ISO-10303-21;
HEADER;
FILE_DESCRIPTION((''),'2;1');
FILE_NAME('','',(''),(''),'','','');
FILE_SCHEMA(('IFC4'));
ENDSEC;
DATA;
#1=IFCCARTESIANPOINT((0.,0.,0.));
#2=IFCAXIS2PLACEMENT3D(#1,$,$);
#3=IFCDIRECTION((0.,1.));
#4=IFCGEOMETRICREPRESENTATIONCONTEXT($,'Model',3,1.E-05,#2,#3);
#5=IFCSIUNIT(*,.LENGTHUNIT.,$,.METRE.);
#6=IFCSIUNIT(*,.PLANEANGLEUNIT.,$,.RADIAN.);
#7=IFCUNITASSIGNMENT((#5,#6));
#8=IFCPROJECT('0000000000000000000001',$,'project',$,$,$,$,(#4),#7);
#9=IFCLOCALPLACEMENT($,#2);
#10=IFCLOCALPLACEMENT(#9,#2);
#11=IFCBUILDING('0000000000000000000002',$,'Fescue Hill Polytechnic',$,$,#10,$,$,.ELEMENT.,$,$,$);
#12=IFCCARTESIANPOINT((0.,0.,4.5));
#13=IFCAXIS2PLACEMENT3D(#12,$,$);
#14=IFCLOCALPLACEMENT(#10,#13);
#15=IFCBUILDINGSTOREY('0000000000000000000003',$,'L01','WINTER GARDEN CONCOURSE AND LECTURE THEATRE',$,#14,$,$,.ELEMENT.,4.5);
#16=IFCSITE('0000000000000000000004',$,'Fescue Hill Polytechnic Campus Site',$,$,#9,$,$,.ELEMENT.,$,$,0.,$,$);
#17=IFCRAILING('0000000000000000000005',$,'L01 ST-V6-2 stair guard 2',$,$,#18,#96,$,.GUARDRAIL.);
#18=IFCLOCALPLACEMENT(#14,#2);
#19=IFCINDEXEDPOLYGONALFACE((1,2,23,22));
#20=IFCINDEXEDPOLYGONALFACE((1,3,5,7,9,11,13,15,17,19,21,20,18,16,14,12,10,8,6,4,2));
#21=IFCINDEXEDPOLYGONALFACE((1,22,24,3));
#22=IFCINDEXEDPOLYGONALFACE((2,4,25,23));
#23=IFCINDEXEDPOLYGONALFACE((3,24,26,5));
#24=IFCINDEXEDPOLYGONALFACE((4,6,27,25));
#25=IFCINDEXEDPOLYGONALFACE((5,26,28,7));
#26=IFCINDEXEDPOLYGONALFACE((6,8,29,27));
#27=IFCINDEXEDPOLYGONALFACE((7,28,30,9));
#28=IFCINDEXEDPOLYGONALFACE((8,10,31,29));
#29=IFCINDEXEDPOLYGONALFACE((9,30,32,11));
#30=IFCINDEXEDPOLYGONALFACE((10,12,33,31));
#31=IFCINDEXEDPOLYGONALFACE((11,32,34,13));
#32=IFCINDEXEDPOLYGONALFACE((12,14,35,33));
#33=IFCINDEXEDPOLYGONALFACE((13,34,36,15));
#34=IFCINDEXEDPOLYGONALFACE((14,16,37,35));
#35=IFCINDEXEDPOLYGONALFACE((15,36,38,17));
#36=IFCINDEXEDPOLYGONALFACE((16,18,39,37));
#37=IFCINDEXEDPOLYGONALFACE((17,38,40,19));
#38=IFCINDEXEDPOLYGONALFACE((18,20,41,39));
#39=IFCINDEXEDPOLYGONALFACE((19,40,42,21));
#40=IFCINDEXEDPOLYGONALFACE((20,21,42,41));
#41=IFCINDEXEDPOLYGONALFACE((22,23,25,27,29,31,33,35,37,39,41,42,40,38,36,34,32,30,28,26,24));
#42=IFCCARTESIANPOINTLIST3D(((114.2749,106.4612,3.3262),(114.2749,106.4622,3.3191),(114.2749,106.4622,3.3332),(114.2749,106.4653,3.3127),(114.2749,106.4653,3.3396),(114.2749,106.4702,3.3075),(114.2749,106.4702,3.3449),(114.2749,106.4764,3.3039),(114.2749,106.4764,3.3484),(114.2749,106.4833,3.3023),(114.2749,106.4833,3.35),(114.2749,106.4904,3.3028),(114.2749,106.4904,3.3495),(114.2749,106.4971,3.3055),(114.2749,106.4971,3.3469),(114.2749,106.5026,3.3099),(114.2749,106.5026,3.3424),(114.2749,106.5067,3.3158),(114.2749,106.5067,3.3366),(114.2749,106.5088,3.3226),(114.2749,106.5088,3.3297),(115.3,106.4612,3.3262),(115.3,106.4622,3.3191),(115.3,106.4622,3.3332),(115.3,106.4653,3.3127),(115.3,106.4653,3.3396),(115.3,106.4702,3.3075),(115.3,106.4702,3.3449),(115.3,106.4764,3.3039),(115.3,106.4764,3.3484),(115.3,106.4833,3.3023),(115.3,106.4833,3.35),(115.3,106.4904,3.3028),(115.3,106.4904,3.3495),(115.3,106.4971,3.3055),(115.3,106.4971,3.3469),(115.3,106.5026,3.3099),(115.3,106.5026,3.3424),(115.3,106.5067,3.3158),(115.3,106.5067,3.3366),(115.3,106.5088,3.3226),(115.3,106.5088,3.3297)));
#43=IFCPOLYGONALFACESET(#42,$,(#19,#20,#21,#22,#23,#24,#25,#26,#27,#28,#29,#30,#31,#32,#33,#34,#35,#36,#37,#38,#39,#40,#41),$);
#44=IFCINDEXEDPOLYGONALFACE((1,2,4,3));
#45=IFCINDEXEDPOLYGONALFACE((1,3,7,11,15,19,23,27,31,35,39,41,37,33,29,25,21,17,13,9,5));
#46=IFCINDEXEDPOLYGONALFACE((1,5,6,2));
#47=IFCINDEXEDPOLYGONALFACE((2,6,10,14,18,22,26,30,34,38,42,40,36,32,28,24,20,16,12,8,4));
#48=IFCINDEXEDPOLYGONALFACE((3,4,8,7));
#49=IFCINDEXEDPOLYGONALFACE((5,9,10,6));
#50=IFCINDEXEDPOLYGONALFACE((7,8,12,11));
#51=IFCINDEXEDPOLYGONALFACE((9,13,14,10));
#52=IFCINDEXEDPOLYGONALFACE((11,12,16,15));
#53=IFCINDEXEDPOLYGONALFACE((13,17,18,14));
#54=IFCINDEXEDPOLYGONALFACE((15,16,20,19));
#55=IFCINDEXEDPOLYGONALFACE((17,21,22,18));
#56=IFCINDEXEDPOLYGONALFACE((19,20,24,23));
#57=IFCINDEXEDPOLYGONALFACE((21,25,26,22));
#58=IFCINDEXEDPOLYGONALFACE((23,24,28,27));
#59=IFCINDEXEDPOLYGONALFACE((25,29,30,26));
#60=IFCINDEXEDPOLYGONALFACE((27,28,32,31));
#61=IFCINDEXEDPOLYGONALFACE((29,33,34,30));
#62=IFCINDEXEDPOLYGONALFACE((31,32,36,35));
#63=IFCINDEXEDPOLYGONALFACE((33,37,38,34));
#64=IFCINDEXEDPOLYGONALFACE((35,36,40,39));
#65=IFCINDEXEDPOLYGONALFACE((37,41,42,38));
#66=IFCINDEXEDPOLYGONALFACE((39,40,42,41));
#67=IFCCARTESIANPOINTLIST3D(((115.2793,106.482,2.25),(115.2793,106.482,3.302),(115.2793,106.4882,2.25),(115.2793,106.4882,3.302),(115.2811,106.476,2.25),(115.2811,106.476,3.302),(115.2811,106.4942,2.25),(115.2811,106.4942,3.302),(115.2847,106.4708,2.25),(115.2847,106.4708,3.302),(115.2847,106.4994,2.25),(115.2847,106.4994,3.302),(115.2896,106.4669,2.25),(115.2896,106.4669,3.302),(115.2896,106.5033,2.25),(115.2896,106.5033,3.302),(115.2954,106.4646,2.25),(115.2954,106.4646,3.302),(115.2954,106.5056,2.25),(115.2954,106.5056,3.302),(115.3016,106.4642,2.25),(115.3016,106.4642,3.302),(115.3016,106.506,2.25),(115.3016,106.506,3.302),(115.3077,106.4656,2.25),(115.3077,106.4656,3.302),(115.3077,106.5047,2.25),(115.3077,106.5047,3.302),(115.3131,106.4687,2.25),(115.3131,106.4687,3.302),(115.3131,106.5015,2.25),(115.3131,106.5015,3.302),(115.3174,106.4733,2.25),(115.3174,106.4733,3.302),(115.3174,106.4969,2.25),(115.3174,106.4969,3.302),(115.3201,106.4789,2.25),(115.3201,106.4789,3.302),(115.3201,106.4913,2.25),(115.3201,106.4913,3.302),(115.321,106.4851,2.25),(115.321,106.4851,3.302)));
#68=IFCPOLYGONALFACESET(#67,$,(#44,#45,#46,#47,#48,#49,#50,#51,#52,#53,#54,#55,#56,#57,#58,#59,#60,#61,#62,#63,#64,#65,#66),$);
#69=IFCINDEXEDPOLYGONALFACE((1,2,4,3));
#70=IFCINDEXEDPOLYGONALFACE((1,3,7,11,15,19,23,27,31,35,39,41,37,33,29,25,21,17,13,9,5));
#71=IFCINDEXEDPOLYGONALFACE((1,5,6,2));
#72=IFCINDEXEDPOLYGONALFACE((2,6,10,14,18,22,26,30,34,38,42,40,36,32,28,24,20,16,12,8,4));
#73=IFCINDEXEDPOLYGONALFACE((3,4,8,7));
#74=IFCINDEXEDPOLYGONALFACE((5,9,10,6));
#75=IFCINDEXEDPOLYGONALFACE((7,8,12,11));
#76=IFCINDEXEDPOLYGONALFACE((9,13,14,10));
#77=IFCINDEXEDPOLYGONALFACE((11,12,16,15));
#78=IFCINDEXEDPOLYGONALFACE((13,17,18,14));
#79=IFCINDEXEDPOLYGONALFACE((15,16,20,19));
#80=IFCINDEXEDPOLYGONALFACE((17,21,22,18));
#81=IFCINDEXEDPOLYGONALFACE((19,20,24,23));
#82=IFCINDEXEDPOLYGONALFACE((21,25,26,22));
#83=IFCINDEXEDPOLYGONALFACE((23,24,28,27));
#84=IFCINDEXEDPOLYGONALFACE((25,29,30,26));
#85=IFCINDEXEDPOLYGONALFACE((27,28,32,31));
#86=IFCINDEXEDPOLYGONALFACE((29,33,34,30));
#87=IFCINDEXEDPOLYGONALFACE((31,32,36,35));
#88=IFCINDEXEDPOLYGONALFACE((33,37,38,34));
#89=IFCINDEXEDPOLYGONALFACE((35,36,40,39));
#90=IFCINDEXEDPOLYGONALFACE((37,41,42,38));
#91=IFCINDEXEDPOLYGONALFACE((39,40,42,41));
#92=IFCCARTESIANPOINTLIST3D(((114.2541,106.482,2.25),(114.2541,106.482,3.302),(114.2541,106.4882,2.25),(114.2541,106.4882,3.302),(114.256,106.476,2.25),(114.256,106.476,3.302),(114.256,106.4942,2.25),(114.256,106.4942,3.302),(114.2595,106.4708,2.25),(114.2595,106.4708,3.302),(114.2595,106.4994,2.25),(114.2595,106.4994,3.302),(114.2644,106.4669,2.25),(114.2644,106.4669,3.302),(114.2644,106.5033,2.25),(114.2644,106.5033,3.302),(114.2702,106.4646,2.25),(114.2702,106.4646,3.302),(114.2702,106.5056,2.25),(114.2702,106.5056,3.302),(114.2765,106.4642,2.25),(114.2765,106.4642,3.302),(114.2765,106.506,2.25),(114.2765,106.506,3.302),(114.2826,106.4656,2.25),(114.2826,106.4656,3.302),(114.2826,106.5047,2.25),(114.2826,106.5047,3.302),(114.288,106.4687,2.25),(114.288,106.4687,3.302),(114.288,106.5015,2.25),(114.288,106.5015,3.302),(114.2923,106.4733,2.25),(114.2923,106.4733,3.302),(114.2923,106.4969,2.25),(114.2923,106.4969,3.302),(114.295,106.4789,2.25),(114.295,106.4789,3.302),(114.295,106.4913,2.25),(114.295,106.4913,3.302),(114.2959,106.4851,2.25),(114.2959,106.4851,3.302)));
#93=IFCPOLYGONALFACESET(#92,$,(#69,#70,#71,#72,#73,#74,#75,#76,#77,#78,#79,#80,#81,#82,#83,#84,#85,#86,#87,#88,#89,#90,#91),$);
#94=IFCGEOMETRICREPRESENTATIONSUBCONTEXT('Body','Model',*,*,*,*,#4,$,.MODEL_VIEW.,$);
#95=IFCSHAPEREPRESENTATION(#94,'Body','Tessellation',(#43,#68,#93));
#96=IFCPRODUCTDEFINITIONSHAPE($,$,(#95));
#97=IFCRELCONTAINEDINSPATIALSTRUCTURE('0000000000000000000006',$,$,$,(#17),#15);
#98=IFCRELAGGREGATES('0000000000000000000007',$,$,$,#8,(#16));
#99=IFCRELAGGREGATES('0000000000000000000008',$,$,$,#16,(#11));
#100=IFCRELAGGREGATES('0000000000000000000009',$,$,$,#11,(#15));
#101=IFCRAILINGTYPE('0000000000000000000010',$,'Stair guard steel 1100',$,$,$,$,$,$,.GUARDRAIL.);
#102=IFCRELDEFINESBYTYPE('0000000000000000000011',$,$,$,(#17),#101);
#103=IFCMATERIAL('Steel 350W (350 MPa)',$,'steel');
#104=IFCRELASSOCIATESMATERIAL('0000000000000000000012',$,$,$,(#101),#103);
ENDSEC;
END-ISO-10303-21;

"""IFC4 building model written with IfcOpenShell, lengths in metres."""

from ifc_helpers import new_model, si_unit, direction, frame, origin, origin_2d, place, context, subcontext, project, spatial, circle, extrude, material, type_object, element, save


model = new_model("IFC4")

# Units and contexts
model_context = context("Model", 3, precision=1e-05, world=origin(), true_north=direction((0.0, 1.0)))
body_context = subcontext(model_context, "Body", "Model", "MODEL_VIEW")
ifc_project = project(units=[si_unit("LENGTHUNIT", "METRE"), si_unit("PLANEANGLEUNIT", "RADIAN")], contexts=[model_context])

# Site, building, storey
site_placement = place(None, origin())
site = spatial("IfcSite", under=ifc_project, at=site_placement, Name="Fescue Hill Polytechnic Campus Site", CompositionType="ELEMENT", RefElevation=0.0)
building_placement = place(site_placement, origin())
building = spatial("IfcBuilding", under=site, at=building_placement, Name="Fescue Hill Polytechnic", CompositionType="ELEMENT")
storey_placement = place(building_placement, frame((0.0, 0.0, 4.5)))
storey = spatial("IfcBuildingStorey", under=building, at=storey_placement, Name="L01", Description="WINTER GARDEN CONCOURSE AND LECTURE THEATRE", CompositionType="ELEMENT", Elevation=4.5)

# Railing
ifc_material_1 = material(Name="Steel 350W (350 MPa)", Category="steel")
railing_type_1 = type_object("IfcRailingType", Name="Stair guard steel 1100", PredefinedType="GUARDRAIL", material=ifc_material_1)
railing_1_placement = place(storey_placement, frame((115.3, 106.4851, 2.25)))
element("IfcRailing", 1, at=railing_1_placement, inside=storey, type_object=railing_type_1, Name="L01 ST-V6-2 stair guard 2", PredefinedType="GUARDRAIL", context=body_context, shape_type="SweptSolid", body=[
    extrude(circle(Radius=0.0239, at=origin_2d()), frame((0.0, 0.0, 1.0762), z_axis=(-1.0, 0.0, 0.0), x_axis=(0.0, -1.0, 0.0)), (0.0, 0.0, 1.0), 1.0251),
    extrude(circle(Radius=0.021, at=origin_2d()), origin(), (0.0, 0.0, 1.0), 1.052),
    extrude(circle(Radius=0.021, at=origin_2d()), frame((-1.0251, 0.0, 0.0)), (0.0, 0.0, 1.0), 1.052),
])

save(model, "model.ifc")
